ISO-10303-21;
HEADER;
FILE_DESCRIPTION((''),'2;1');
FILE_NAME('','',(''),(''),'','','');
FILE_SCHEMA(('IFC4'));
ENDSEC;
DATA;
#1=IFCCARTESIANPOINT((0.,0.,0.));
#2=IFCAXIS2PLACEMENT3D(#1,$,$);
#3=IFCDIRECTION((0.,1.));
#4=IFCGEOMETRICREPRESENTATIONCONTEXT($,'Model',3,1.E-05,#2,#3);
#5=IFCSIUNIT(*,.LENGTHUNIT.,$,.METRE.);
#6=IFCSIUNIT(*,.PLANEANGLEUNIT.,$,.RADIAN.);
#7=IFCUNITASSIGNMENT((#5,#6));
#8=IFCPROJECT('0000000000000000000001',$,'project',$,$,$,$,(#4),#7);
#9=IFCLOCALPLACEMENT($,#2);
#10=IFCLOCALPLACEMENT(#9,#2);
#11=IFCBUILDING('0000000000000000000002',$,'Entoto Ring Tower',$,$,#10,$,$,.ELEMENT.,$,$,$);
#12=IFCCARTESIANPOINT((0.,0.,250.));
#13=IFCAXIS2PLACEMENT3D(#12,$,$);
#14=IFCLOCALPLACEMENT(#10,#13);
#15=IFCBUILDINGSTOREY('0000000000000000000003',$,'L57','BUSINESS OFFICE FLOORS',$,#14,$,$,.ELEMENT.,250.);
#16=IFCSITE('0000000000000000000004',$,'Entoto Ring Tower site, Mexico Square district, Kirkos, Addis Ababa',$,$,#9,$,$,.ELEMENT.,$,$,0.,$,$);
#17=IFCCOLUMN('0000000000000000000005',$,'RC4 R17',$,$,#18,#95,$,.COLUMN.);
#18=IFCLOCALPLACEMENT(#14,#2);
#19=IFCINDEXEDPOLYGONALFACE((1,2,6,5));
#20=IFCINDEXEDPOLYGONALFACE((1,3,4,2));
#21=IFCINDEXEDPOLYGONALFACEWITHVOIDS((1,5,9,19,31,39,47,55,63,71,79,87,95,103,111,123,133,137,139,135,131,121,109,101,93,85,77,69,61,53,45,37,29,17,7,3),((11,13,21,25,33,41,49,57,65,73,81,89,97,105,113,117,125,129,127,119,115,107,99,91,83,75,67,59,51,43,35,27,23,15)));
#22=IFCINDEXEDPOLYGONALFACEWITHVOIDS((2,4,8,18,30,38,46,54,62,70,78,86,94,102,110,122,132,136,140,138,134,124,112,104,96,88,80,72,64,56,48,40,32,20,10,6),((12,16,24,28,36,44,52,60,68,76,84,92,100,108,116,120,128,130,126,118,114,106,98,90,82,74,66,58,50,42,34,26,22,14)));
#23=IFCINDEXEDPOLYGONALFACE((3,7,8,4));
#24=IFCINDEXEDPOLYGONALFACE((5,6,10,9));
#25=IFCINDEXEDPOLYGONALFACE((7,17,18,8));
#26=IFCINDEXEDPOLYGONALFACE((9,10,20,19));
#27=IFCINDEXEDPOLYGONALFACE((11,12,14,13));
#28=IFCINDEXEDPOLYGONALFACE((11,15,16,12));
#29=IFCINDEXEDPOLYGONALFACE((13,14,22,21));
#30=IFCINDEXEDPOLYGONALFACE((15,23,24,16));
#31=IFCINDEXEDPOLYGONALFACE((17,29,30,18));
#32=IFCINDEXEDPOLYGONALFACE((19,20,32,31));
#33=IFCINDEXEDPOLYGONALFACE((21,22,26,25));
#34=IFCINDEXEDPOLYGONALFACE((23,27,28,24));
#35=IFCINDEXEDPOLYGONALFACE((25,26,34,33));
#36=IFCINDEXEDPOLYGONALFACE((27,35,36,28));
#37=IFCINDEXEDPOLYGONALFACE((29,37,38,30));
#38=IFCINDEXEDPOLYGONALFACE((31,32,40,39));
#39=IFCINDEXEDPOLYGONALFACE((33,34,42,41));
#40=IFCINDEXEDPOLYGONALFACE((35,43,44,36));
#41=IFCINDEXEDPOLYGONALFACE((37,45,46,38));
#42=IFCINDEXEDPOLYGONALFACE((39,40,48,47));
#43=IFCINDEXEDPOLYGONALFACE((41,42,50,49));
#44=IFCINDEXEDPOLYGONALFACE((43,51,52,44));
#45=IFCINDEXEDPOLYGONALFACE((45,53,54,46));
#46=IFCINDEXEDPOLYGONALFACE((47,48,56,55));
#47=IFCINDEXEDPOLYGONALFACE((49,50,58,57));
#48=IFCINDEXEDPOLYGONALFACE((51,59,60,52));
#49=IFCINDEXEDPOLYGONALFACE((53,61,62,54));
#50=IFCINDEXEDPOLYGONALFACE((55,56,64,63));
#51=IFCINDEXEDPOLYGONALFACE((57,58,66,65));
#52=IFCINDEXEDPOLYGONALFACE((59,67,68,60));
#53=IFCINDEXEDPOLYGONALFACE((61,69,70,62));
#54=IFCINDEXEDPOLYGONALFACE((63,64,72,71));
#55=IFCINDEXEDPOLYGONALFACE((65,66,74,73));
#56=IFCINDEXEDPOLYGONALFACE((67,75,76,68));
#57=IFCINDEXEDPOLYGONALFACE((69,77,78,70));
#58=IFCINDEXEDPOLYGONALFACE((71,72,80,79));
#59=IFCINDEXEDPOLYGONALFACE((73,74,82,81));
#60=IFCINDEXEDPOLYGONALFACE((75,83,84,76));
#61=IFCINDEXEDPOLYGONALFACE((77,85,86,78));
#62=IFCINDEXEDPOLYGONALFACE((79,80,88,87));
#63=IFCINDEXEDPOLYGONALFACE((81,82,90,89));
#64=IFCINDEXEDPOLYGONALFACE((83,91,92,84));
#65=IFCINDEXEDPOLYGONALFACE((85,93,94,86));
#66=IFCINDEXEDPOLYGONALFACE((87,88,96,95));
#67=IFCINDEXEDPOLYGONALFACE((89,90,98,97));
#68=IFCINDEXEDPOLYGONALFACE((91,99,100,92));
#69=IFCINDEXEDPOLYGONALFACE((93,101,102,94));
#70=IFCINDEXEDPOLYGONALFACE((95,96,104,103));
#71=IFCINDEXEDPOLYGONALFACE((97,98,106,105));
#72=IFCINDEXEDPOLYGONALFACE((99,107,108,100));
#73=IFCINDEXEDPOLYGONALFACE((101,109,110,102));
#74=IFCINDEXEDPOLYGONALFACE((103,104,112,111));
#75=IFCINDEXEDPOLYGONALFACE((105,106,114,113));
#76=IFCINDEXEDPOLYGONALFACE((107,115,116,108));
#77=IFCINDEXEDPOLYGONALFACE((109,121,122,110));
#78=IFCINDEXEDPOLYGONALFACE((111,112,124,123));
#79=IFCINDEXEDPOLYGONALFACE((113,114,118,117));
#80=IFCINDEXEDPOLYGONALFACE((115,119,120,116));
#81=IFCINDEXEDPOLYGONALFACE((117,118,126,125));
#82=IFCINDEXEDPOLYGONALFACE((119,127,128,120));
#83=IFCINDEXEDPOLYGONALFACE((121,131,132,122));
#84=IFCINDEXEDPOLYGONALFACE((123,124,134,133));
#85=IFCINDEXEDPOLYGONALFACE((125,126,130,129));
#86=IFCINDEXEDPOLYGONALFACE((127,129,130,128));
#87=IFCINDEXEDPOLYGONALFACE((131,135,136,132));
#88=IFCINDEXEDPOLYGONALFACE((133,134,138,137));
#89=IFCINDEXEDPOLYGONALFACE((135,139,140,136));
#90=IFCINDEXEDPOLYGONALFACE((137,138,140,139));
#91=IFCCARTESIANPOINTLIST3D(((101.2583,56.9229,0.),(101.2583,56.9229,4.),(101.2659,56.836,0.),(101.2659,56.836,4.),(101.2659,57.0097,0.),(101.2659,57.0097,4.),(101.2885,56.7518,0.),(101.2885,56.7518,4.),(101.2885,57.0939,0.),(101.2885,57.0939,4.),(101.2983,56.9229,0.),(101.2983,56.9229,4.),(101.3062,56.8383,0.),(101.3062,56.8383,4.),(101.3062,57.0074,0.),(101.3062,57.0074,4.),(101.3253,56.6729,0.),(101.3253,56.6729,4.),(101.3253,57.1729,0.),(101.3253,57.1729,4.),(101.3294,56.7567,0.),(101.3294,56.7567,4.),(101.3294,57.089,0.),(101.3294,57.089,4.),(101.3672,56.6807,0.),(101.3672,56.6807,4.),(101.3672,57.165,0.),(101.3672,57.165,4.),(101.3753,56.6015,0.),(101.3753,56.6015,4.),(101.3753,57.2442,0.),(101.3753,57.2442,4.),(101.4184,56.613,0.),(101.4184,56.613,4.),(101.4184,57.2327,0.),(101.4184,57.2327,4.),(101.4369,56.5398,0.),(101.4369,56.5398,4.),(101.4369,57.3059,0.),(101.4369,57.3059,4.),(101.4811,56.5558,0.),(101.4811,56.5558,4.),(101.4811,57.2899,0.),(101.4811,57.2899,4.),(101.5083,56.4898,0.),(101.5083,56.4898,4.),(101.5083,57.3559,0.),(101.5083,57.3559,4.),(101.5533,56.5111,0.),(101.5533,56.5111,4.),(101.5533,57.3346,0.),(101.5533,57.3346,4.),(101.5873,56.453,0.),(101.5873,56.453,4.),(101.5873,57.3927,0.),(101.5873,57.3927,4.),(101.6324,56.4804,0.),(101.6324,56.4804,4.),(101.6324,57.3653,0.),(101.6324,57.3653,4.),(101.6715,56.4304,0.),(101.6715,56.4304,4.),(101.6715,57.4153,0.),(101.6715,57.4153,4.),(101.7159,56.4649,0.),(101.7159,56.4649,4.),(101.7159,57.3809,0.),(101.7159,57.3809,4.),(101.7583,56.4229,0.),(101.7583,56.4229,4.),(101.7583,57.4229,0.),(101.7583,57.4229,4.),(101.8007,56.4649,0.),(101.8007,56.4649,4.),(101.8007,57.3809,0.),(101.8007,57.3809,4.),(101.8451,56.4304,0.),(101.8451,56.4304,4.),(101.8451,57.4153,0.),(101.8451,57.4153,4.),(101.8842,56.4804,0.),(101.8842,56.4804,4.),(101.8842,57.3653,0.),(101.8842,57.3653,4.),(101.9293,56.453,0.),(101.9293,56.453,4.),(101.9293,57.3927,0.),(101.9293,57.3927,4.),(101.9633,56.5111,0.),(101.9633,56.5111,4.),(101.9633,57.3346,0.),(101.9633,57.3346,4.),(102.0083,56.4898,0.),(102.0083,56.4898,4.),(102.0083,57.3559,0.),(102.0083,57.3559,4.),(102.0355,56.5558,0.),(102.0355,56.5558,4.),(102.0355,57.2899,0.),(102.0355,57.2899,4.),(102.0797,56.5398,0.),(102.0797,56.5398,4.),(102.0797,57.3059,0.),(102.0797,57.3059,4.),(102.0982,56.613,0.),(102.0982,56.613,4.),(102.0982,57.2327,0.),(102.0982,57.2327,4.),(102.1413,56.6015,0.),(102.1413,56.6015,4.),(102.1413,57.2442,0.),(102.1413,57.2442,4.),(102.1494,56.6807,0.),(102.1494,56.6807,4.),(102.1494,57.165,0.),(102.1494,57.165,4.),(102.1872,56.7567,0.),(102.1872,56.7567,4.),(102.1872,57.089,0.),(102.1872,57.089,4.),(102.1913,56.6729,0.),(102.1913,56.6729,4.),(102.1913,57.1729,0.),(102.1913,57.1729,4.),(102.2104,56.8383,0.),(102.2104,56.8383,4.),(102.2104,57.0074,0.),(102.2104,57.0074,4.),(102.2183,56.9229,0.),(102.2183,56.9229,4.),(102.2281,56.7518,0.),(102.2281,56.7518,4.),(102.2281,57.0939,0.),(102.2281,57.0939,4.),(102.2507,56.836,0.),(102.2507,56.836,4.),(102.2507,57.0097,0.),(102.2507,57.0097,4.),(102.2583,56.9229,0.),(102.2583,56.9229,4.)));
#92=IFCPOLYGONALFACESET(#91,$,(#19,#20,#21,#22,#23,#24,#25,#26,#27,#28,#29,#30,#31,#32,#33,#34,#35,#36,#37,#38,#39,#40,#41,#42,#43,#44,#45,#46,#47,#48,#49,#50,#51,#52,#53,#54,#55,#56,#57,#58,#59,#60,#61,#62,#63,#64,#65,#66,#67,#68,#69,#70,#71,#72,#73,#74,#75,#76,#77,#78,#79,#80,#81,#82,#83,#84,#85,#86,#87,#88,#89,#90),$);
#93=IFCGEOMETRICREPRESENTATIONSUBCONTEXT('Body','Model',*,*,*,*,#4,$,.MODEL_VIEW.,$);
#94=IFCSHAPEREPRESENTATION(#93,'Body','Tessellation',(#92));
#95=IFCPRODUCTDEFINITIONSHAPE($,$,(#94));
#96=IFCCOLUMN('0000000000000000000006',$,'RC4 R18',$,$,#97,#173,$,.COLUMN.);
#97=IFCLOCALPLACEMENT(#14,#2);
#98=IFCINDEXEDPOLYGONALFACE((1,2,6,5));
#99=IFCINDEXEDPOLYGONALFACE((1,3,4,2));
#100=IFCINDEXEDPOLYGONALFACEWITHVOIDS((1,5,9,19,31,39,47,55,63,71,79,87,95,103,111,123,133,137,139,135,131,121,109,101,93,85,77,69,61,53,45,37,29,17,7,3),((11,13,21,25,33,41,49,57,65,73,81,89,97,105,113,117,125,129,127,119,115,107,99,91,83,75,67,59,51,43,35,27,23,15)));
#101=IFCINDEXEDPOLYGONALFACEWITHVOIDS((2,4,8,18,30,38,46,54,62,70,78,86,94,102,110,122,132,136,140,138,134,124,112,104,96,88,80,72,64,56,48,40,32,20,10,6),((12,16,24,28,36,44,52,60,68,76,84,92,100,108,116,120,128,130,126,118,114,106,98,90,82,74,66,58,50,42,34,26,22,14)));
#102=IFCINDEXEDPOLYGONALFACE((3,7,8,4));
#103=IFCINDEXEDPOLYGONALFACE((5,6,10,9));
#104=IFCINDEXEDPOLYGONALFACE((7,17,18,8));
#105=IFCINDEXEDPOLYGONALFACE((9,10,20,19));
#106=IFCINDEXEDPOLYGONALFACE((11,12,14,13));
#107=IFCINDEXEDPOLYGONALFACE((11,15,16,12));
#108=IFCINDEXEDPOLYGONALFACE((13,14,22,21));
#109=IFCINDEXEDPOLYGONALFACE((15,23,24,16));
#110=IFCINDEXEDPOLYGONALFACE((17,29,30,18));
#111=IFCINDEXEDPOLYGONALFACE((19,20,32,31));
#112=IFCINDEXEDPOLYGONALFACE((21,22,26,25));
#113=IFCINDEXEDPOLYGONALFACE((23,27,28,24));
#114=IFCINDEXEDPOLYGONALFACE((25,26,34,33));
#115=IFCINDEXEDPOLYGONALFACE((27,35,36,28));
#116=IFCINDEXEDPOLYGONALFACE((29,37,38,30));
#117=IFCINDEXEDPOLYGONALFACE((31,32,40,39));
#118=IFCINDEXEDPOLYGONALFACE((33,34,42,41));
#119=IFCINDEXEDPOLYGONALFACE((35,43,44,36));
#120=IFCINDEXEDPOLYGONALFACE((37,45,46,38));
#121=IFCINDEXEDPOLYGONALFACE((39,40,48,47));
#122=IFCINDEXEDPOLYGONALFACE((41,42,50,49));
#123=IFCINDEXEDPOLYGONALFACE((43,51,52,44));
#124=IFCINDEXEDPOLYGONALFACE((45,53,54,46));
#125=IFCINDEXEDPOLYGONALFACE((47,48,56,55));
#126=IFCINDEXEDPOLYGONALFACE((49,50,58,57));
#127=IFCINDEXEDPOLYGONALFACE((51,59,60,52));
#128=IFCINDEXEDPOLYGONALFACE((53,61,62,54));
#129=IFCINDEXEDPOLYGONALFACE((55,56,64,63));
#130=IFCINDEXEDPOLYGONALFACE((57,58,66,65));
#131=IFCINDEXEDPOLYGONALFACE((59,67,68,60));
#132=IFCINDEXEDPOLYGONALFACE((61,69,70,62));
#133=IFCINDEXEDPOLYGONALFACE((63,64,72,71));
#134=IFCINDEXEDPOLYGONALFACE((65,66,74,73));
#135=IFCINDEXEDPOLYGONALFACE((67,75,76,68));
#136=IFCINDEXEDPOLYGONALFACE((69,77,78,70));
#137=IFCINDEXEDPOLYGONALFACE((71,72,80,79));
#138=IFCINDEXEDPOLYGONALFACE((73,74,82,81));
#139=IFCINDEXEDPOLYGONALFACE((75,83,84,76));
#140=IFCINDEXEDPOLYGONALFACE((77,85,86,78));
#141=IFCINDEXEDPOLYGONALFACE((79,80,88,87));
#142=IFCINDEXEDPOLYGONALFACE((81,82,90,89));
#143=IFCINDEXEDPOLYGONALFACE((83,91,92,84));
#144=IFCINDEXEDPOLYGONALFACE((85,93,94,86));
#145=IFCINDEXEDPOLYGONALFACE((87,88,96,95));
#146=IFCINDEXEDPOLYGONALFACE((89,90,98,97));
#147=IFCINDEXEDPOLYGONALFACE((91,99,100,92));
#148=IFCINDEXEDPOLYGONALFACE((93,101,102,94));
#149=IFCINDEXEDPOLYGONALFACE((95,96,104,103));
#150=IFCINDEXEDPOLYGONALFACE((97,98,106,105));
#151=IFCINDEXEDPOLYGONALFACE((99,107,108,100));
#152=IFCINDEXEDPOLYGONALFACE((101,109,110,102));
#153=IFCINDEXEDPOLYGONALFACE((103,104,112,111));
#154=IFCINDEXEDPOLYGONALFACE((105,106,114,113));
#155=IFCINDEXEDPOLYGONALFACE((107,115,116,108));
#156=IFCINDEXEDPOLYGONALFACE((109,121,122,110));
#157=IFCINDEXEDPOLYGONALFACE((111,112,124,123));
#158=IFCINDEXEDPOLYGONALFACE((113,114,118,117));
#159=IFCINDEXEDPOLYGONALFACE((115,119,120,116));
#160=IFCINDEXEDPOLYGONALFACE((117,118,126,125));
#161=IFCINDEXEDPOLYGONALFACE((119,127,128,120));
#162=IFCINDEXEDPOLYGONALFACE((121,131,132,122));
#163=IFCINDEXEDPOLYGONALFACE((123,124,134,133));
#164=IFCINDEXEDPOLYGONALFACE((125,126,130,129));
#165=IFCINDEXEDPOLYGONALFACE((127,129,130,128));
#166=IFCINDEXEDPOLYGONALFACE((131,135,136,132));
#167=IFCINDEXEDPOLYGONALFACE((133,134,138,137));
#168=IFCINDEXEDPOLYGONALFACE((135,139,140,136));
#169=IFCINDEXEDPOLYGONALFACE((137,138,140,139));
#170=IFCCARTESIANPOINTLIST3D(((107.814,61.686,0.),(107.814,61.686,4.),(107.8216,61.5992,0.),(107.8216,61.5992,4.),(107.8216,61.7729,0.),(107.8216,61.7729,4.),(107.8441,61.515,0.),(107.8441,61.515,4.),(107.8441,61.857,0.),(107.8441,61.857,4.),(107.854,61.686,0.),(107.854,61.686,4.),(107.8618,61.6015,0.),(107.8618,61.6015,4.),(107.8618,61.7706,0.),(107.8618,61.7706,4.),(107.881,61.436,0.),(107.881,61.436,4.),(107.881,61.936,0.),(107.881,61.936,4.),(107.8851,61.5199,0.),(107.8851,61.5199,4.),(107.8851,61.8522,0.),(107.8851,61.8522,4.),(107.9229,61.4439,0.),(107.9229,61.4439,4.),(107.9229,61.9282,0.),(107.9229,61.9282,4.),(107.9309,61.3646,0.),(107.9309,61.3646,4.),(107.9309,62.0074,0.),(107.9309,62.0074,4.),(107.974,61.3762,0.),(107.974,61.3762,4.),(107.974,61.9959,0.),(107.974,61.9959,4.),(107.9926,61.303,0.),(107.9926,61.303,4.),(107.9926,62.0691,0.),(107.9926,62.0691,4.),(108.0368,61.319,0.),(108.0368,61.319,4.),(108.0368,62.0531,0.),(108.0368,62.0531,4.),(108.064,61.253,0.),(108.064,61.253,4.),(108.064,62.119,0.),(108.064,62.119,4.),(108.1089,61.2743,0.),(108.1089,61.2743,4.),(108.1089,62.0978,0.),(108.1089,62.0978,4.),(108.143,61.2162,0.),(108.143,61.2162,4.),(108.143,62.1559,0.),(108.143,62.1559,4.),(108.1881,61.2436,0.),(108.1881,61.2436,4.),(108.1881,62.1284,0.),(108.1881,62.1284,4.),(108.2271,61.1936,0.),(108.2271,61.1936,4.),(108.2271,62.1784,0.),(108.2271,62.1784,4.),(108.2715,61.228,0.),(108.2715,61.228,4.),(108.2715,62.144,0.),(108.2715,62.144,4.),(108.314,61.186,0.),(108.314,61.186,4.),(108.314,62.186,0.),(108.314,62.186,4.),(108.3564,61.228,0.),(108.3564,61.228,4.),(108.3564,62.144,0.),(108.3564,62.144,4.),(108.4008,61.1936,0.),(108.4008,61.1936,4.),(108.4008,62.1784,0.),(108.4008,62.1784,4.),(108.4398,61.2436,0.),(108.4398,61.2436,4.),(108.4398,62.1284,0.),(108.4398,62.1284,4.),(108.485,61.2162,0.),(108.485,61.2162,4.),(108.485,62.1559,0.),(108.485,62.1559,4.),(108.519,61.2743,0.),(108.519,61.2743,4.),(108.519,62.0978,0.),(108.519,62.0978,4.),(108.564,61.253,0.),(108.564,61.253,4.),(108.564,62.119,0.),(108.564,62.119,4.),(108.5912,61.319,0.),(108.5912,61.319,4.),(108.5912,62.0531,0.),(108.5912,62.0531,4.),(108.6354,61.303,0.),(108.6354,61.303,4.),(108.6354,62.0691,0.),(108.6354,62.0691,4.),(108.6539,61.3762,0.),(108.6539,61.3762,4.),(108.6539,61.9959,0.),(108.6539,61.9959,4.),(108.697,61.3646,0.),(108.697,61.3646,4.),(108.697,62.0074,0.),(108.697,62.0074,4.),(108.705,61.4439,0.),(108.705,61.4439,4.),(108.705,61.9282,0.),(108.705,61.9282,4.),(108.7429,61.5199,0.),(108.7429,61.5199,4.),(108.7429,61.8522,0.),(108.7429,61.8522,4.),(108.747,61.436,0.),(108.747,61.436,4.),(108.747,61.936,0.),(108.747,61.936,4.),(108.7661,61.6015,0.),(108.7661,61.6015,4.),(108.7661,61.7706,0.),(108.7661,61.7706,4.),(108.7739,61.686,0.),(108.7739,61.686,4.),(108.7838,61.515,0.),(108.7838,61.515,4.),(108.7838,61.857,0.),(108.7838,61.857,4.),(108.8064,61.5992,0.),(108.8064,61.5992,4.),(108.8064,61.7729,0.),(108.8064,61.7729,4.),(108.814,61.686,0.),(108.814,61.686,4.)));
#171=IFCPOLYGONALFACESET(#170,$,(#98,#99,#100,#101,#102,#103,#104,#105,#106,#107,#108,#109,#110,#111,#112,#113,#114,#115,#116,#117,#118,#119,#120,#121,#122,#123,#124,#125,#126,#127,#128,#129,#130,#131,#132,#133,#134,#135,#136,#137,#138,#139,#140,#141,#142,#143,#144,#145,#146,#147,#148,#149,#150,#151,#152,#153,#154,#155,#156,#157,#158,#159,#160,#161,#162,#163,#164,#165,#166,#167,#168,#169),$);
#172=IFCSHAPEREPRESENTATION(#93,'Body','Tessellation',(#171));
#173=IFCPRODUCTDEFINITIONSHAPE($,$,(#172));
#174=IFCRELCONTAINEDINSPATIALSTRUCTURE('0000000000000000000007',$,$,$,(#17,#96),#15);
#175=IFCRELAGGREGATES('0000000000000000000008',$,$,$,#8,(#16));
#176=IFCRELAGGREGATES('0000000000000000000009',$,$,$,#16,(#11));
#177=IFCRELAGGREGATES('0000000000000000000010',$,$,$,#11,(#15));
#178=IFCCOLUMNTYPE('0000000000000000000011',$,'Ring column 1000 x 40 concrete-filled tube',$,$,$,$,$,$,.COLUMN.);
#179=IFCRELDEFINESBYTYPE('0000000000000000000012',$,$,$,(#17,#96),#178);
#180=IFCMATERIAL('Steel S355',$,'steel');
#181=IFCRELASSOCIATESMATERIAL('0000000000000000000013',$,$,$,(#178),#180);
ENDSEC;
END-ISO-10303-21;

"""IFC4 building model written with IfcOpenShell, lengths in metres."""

from ifc_helpers import new_model, si_unit, direction, frame, origin, origin_2d, place, context, subcontext, project, spatial, circle, hollow_circle, extrude, material, material_profile, profile_set, type_object, element, save


model = new_model("IFC4")

# Units and contexts
model_context = context("Model", 3, precision=1e-05, world=origin(), true_north=direction((0.0, 1.0)))
body_context = subcontext(model_context, "Body", "Model", "MODEL_VIEW")
ifc_project = project(units=[si_unit("LENGTHUNIT", "METRE"), si_unit("PLANEANGLEUNIT", "RADIAN")], contexts=[model_context])

# Site, building, storey
site_placement = place(None, origin())
site = spatial("IfcSite", under=ifc_project, at=site_placement, Name="Entoto Ring Tower site, Mexico Square district, Kirkos, Addis Ababa", CompositionType="ELEMENT", RefElevation=0.0)
building_placement = place(site_placement, origin())
building = spatial("IfcBuilding", under=site, at=building_placement, Name="Entoto Ring Tower", CompositionType="ELEMENT")
storey_placement = place(building_placement, frame((0.0, 0.0, 250.0)))
storey = spatial("IfcBuildingStorey", under=building, at=storey_placement, Name="L57", Description="BUSINESS OFFICE FLOORS", CompositionType="ELEMENT", Elevation=250.0)

# Columns
ifc_material_1 = material(Name="Steel S355", Category="steel")
ifc_material_profile_1 = material_profile(ifc_material_1, hollow_circle(Radius=0.5, WallThickness=0.04, at=origin_2d()), Name="CHS 1000 x 40")
ifc_material_2 = material(Name="Concrete C60/75", Category="concrete")
ifc_material_profile_2 = material_profile(ifc_material_2, circle(Radius=0.46, at=origin_2d()), Name="Concrete C60/75 infill")
ifc_profile_set_1 = profile_set([ifc_material_profile_1, ifc_material_profile_2], Name="Steel S355")
column_type = type_object("IfcColumnType", Name="Ring column 1000 x 40 concrete-filled tube", PredefinedType="COLUMN", material=ifc_profile_set_1)
for number, where, z_axis, x_axis, name in (
    (1, (101.7583, 56.9229, 0.0), (0.0, 0.0, 1.0), (1.0, 0.0, 0.0), "RC4 R17"),
    (2, (108.314, 61.686, 0.0), (0.0, 0.0, 1.0), (1.0, 0.0, 0.0), "RC4 R18"),
):
    element("IfcColumn", number, at=place(storey_placement, frame(where, z_axis=z_axis, x_axis=x_axis)), inside=storey, type_object=column_type, Name=name, PredefinedType="COLUMN", context=body_context, shape_type="SweptSolid", body=[
        extrude(hollow_circle(Radius=0.5, WallThickness=0.04, at=origin_2d()), origin(), (0.0, 0.0, 1.0), 4.0),
    ])

save(model, "model.ifc")
